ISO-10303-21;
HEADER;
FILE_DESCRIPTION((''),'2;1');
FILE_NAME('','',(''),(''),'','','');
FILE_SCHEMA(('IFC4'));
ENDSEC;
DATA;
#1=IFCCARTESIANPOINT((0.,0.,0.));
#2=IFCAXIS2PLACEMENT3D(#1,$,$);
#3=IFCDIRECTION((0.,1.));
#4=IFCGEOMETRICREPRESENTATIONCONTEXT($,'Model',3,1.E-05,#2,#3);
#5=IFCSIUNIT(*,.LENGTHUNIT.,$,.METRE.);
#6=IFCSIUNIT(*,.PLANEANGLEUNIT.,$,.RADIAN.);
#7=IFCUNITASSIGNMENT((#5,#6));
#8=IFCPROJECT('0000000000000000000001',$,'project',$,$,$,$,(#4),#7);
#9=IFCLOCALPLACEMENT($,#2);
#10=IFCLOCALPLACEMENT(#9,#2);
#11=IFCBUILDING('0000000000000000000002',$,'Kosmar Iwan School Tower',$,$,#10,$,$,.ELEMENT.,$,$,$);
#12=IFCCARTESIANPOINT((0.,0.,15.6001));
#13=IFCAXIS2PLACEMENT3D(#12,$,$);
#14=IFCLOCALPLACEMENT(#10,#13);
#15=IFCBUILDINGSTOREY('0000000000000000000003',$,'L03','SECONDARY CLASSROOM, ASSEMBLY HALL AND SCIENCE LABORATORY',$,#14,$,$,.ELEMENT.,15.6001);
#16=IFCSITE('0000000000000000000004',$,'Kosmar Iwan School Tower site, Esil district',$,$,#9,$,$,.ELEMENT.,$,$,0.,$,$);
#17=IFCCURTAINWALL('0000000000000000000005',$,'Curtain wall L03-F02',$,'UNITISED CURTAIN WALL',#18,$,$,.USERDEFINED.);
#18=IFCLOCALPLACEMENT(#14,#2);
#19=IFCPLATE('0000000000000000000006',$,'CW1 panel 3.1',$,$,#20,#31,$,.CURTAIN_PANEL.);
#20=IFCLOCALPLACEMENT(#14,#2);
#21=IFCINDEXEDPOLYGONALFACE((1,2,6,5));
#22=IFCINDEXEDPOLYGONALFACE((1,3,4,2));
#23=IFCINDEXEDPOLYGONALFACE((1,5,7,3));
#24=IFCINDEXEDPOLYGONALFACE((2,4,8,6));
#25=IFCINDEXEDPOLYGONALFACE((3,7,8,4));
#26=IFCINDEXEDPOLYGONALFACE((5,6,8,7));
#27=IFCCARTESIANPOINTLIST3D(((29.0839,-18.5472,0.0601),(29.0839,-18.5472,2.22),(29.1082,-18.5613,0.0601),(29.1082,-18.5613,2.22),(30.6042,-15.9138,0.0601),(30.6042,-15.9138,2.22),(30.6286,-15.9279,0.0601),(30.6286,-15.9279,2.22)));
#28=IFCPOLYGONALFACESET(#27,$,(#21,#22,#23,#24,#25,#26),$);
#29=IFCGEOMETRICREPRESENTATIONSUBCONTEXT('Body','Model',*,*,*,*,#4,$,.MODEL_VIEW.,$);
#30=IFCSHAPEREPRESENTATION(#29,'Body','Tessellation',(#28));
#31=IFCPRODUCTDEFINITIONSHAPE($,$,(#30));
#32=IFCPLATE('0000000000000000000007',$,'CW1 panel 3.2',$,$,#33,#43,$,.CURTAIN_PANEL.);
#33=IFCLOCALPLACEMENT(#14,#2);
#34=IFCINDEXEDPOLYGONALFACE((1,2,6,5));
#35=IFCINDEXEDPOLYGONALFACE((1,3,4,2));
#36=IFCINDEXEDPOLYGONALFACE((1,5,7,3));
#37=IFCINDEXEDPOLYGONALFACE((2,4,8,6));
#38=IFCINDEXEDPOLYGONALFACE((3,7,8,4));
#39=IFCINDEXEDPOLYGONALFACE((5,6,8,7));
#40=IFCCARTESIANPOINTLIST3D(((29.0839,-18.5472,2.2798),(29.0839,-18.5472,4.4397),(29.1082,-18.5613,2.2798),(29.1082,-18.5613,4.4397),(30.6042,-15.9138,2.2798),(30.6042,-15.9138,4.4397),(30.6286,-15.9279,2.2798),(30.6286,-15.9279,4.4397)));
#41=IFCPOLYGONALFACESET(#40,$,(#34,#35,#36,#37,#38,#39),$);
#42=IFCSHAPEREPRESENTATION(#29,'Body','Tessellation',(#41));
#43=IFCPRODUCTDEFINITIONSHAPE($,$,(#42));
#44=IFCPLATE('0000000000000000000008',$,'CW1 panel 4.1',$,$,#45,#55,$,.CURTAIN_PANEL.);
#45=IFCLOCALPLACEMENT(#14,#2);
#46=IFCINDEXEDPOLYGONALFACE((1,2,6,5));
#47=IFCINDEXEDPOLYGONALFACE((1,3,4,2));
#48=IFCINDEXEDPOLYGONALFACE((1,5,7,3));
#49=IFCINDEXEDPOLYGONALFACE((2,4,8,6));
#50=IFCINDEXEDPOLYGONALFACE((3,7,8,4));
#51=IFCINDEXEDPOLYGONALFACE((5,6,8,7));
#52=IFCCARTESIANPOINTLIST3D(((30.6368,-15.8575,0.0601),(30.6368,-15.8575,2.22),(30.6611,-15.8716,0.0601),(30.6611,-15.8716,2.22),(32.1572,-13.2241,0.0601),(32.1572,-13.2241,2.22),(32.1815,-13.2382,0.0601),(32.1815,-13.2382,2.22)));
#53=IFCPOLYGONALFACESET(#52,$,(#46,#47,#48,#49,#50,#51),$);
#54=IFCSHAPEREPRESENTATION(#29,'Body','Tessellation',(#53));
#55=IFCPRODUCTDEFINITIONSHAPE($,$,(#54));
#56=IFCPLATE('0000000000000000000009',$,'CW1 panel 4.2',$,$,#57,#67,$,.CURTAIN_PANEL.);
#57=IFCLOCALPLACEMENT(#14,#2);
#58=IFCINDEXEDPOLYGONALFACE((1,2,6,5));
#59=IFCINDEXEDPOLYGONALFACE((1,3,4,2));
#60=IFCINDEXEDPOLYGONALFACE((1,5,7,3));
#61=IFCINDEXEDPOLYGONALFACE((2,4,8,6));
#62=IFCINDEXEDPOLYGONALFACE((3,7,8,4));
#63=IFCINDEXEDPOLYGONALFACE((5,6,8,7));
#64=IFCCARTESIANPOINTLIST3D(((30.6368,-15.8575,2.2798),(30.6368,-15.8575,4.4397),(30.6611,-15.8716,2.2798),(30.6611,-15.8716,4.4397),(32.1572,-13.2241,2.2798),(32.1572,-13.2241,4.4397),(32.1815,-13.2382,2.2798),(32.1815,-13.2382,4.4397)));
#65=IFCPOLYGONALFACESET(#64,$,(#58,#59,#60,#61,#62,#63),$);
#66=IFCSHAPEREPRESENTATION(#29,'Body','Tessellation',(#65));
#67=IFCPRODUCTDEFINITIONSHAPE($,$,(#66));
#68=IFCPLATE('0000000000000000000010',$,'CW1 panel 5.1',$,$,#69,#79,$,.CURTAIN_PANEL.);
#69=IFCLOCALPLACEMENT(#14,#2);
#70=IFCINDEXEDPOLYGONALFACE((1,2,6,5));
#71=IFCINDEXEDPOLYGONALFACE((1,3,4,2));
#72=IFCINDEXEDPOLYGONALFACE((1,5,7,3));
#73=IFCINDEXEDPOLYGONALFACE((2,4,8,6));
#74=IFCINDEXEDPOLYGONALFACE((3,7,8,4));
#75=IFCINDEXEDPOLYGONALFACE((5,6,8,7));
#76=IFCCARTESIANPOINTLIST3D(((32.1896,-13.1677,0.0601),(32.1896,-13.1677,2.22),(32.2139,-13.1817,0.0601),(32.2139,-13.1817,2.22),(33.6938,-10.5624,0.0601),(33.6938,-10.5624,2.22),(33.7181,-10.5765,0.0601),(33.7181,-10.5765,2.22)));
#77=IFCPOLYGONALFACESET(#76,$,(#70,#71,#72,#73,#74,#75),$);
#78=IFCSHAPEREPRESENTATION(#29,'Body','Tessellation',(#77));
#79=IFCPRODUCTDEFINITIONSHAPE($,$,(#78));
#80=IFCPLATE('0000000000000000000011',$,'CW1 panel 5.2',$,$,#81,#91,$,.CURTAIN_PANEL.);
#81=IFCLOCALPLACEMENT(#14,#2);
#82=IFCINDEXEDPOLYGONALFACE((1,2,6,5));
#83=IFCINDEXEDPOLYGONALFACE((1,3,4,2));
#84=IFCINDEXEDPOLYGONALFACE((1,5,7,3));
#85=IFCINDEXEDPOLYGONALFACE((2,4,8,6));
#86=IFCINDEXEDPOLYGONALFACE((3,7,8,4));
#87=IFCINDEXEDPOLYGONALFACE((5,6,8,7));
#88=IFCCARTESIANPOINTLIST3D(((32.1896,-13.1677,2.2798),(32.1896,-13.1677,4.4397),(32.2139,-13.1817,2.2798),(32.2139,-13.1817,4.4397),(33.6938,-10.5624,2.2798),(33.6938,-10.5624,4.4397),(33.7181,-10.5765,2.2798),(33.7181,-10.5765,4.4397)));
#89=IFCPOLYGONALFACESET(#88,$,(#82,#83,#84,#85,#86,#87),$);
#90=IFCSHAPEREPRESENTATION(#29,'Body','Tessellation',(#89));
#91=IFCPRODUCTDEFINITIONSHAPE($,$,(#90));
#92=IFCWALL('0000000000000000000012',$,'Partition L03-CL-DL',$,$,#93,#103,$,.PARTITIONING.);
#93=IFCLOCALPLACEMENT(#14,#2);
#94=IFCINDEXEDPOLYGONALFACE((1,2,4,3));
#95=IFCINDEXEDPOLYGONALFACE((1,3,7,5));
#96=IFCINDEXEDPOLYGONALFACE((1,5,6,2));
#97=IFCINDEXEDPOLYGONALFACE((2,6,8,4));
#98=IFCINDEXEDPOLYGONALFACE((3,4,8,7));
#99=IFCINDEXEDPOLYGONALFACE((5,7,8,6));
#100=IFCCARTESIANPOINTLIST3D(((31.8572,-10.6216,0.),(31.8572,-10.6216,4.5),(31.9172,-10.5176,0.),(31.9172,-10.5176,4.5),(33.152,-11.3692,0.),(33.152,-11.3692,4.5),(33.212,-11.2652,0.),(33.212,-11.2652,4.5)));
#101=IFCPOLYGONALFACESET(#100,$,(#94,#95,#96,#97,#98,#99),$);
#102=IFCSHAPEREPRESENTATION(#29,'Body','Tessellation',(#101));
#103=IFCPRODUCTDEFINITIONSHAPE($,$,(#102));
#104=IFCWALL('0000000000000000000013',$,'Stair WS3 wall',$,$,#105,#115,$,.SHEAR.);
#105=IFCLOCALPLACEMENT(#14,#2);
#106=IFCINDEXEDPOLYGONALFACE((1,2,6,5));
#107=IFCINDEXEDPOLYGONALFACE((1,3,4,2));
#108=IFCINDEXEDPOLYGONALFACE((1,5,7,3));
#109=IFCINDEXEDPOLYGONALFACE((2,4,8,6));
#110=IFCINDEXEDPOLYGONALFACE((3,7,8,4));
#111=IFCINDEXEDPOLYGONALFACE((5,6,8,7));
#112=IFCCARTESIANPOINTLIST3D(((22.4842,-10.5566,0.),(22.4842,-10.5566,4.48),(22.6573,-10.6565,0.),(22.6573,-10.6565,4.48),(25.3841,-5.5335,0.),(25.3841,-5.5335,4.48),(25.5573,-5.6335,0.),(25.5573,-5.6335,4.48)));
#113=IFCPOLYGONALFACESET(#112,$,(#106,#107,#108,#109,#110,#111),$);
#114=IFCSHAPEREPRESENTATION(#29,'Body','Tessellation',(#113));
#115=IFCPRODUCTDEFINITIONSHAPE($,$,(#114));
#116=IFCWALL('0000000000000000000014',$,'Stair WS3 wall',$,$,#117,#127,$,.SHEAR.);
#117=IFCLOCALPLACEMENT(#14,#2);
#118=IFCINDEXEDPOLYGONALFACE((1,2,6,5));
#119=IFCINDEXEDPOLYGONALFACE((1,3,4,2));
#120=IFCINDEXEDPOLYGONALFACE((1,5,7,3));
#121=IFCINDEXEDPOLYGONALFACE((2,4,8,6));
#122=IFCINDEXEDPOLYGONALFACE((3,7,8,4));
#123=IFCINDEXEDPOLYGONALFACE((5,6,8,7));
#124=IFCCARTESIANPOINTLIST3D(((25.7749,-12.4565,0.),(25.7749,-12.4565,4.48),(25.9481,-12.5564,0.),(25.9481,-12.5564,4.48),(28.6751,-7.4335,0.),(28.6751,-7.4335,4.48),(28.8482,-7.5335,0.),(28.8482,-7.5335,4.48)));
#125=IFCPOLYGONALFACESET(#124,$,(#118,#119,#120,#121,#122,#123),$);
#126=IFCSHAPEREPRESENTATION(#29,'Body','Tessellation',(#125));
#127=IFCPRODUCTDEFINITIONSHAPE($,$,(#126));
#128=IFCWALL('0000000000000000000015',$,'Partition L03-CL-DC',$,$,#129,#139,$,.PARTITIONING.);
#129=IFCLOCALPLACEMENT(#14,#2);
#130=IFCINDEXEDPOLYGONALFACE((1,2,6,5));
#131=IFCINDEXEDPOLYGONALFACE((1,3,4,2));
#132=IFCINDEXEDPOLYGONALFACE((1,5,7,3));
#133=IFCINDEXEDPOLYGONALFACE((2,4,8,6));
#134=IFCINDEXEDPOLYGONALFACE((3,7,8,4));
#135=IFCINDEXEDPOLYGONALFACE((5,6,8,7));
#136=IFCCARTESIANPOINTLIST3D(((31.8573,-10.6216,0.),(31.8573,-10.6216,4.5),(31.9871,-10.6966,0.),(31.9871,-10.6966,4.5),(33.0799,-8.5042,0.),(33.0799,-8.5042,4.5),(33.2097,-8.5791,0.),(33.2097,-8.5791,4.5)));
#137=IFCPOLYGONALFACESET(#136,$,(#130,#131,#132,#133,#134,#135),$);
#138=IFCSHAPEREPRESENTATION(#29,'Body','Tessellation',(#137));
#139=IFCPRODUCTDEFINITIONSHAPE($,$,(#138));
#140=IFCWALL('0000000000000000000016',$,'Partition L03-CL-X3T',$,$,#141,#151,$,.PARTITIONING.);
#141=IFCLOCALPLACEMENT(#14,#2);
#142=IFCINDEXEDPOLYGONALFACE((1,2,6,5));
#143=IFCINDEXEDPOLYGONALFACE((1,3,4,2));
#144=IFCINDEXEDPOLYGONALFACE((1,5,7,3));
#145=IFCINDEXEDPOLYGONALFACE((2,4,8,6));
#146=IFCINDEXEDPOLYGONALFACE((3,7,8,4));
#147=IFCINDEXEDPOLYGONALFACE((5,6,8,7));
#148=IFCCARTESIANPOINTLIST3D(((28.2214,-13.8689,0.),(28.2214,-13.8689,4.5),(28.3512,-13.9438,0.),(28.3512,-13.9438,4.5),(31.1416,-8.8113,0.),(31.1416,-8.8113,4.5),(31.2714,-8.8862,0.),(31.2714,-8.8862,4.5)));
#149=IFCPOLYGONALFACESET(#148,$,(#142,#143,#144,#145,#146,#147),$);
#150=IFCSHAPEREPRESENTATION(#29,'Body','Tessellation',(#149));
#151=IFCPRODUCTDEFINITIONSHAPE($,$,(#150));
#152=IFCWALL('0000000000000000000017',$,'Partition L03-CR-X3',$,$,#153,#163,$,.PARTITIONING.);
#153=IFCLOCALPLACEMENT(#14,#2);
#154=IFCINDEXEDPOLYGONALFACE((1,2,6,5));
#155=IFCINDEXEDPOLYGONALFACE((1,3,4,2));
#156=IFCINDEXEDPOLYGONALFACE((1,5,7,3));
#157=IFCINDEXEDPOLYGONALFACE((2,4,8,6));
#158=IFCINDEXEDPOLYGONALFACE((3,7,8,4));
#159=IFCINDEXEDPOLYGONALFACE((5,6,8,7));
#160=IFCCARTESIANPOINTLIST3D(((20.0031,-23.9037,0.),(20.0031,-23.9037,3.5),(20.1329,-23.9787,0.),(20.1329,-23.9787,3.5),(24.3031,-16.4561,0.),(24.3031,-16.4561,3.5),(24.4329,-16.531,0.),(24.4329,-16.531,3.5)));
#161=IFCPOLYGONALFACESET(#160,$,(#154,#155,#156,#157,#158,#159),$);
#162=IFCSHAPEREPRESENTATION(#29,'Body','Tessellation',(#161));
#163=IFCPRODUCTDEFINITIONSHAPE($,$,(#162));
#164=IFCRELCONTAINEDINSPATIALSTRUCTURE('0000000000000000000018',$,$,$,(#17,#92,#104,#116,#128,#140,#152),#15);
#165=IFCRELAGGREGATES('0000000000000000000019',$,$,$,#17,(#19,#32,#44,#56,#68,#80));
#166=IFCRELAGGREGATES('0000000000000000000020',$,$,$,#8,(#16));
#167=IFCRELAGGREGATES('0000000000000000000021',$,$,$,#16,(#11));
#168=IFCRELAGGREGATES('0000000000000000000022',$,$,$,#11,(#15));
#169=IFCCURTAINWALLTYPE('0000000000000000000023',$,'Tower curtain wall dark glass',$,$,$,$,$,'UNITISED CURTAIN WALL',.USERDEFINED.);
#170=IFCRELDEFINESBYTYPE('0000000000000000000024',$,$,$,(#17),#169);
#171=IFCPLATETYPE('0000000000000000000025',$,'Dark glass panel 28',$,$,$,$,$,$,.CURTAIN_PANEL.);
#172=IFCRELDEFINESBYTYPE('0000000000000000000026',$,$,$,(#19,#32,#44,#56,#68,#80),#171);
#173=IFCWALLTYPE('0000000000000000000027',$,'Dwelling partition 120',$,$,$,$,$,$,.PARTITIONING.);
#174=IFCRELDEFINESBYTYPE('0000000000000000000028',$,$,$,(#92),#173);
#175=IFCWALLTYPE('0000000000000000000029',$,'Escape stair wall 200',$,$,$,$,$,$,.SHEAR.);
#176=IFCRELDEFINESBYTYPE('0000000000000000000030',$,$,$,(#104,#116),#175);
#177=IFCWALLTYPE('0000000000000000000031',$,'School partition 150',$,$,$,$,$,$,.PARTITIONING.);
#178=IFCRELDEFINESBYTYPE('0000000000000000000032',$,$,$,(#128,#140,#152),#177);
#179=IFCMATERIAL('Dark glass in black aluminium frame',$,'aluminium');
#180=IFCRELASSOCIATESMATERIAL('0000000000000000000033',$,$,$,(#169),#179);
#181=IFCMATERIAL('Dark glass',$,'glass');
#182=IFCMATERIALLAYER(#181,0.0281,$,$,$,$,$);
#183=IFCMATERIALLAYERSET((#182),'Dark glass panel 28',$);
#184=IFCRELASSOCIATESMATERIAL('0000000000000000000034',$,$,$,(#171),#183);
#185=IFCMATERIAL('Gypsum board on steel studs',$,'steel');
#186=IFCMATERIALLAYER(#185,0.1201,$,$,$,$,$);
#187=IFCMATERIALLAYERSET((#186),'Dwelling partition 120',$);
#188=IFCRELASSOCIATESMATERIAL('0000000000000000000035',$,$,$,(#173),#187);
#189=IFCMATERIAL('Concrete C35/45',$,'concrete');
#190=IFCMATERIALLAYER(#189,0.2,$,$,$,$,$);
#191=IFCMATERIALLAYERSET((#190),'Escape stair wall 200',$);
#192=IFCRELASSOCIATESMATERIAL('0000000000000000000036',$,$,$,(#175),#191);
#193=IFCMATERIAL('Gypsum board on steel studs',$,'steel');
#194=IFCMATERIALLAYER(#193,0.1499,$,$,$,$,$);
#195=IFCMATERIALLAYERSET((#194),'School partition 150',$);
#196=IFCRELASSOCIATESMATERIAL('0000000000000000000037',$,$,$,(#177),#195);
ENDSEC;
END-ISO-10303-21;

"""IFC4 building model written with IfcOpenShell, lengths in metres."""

from ifc_helpers import new_model, si_unit, direction, frame, frame_2d, origin, origin_2d, place, context, subcontext, project, spatial, rectangle, extrude, material, layer, layer_set, type_object, element, aggregate, save


model = new_model("IFC4")

# Units and contexts
model_context = context("Model", 3, precision=1e-05, world=origin(), true_north=direction((0.0, 1.0)))
body_context = subcontext(model_context, "Body", "Model", "MODEL_VIEW")
ifc_project = project(units=[si_unit("LENGTHUNIT", "METRE"), si_unit("PLANEANGLEUNIT", "RADIAN")], contexts=[model_context])

# Site, building, storey
site_placement = place(None, origin())
site = spatial("IfcSite", under=ifc_project, at=site_placement, Name="Kosmar Iwan School Tower site, Esil district", CompositionType="ELEMENT", RefElevation=0.0)
building_placement = place(site_placement, origin())
building = spatial("IfcBuilding", under=site, at=building_placement, Name="Kosmar Iwan School Tower", CompositionType="ELEMENT")
storey_placement = place(building_placement, frame((0.0, 0.0, 15.6001)))
storey = spatial("IfcBuildingStorey", under=building, at=storey_placement, Name="L03", Description="SECONDARY CLASSROOM, ASSEMBLY HALL AND SCIENCE LABORATORY", CompositionType="ELEMENT", Elevation=15.6001)

# Curtain wall, plates
ifc_material_1 = material(Name="Dark glass in black aluminium frame", Category="aluminium")
curtain_wall_type = type_object("IfcCurtainWallType", Name="Tower curtain wall dark glass", ElementType="UNITISED CURTAIN WALL", PredefinedType="USERDEFINED", material=ifc_material_1)
curtain_wall_placement = place(storey_placement, origin())
curtain_wall = element("IfcCurtainWall", 1, at=curtain_wall_placement, inside=storey, type_object=curtain_wall_type, Name="Curtain wall L03-F02", ObjectType="UNITISED CURTAIN WALL", PredefinedType="USERDEFINED")
ifc_material_2 = material(Name="Dark glass", Category="glass")
ifc_layer_1 = layer(ifc_material_2, 0.0281)
ifc_layer_set_1 = layer_set([ifc_layer_1], Name="Dark glass panel 28")
plate_type = type_object("IfcPlateType", Name="Dark glass panel 28", PredefinedType="CURTAIN_PANEL", material=ifc_layer_set_1)
plate_1_placement = place(storey_placement, frame((29.8562, -17.2375, 0.0601), z_axis=(0.0, 0.0, 1.0), x_axis=(0.5, 0.866025, 0.0)))
plate_1 = element("IfcPlate", 2, at=plate_1_placement, type_object=plate_type, Name="CW1 panel 3.1", PredefinedType="CURTAIN_PANEL", context=body_context, shape_type="SweptSolid", body=[
    extrude(rectangle(XDim=3.0408, YDim=0.0281, at=origin_2d()), origin(), (0.0, 0.0, 1.0), 2.1599),
])
plate_2_placement = place(storey_placement, frame((29.8562, -17.2375, 2.2798), z_axis=(0.0, 0.0, 1.0), x_axis=(0.5, 0.866025, 0.0)))
plate_2 = element("IfcPlate", 3, at=plate_2_placement, type_object=plate_type, Name="CW1 panel 3.2", PredefinedType="CURTAIN_PANEL", context=body_context, shape_type="SweptSolid", body=[
    extrude(rectangle(XDim=3.0408, YDim=0.0281, at=origin_2d()), origin(), (0.0, 0.0, 1.0), 2.1599),
])
plate_3_placement = place(storey_placement, frame((31.4092, -14.5479, 0.0601), z_axis=(0.0, 0.0, 1.0), x_axis=(0.5, 0.866025, 0.0)))
plate_3 = element("IfcPlate", 4, at=plate_3_placement, type_object=plate_type, Name="CW1 panel 4.1", PredefinedType="CURTAIN_PANEL", context=body_context, shape_type="SweptSolid", body=[
    extrude(rectangle(XDim=3.0408, YDim=0.0281, at=origin_2d()), origin(), (0.0, 0.0, 1.0), 2.1599),
])
plate_4_placement = place(storey_placement, frame((31.4092, -14.5479, 2.2798), z_axis=(0.0, 0.0, 1.0), x_axis=(0.5, 0.866025, 0.0)))
plate_4 = element("IfcPlate", 5, at=plate_4_placement, type_object=plate_type, Name="CW1 panel 4.2", PredefinedType="CURTAIN_PANEL", context=body_context, shape_type="SweptSolid", body=[
    extrude(rectangle(XDim=3.0408, YDim=0.0281, at=origin_2d()), origin(), (0.0, 0.0, 1.0), 2.1599),
])
plate_5_placement = place(storey_placement, frame((32.9539, -11.8721, 0.0601), z_axis=(0.0, 0.0, 1.0), x_axis=(0.5, 0.866025, 0.0)))
plate_5 = element("IfcPlate", 6, at=plate_5_placement, type_object=plate_type, Name="CW1 panel 5.1", PredefinedType="CURTAIN_PANEL", context=body_context, shape_type="SweptSolid", body=[
    extrude(rectangle(XDim=3.0083, YDim=0.0281, at=origin_2d()), origin(), (0.0, 0.0, 1.0), 2.1599),
])
plate_6_placement = place(storey_placement, frame((32.9539, -11.8721, 2.2798), z_axis=(0.0, 0.0, 1.0), x_axis=(0.5, 0.866025, 0.0)))
plate_6 = element("IfcPlate", 7, at=plate_6_placement, type_object=plate_type, Name="CW1 panel 5.2", PredefinedType="CURTAIN_PANEL", context=body_context, shape_type="SweptSolid", body=[
    extrude(rectangle(XDim=3.0083, YDim=0.0281, at=origin_2d()), origin(), (0.0, 0.0, 1.0), 2.1599),
])
aggregate(curtain_wall, [plate_1, plate_2, plate_3, plate_4, plate_5, plate_6])

# Walls
ifc_material_3 = material(Name="Gypsum board on steel studs", Category="steel")
ifc_layer_2 = layer(ifc_material_3, 0.1201)
ifc_layer_set_2 = layer_set([ifc_layer_2], Name="Dwelling partition 120")
wall_type_1 = type_object("IfcWallType", Name="Dwelling partition 120", PredefinedType="PARTITIONING", material=ifc_layer_set_2)
wall_1_placement = place(storey_placement, frame((31.8872, -10.5696, 0.0), z_axis=(0.0, 0.0, 1.0), x_axis=(0.866003, -0.500038, 0.0)))
element("IfcWall", 8, at=wall_1_placement, inside=storey, type_object=wall_type_1, Name="Partition L03-CL-DL", PredefinedType="PARTITIONING", context=body_context, shape_type="SweptSolid", body=[
    extrude(rectangle(XDim=1.4951, YDim=0.1201, at=frame_2d((0.7476, 0.0))), origin(), (0.0, 0.0, 1.0), 4.5),
])
ifc_material_4 = material(Name="Concrete C35/45", Category="concrete")
ifc_layer_3 = layer(ifc_material_4, 0.2)
ifc_layer_set_3 = layer_set([ifc_layer_3], Name="Escape stair wall 200")
wall_type_2 = type_object("IfcWallType", Name="Escape stair wall 200", PredefinedType="SHEAR", material=ifc_layer_set_3)
for number, where, z_axis, x_axis, name in (
    (9, (22.5708, -10.6064, 0.0), (0.0, 0.0, 1.0), (0.499987, 0.866033, 0.0), "Stair WS3 wall"),
    (10, (25.8616, -12.5063, 0.0), (0.0, 0.0, 1.0), (0.500019, 0.866015, 0.0), "Stair WS3 wall"),
):
    element("IfcWall", number, at=place(storey_placement, frame(where, z_axis=z_axis, x_axis=x_axis)), inside=storey, type_object=wall_type_2, Name=name, PredefinedType="SHEAR", context=body_context, shape_type="SweptSolid", body=[
        extrude(rectangle(XDim=5.8, YDim=0.2, at=frame_2d((2.8999, 0.0))), origin(), (0.0, 0.0, 1.0), 4.48),
    ])
ifc_material_5 = material(Name="Gypsum board on steel studs", Category="steel")
ifc_layer_4 = layer(ifc_material_5, 0.1499)
ifc_layer_set_4 = layer_set([ifc_layer_4], Name="School partition 150")
wall_type_3 = type_object("IfcWallType", Name="School partition 150", PredefinedType="PARTITIONING", material=ifc_layer_set_4)
wall_2_placement = place(storey_placement, frame((31.9221, -10.6592, 0.0), z_axis=(0.0, 0.0, 1.0), x_axis=(0.500048, 0.865998, 0.0)))
element("IfcWall", 11, at=wall_2_placement, inside=storey, type_object=wall_type_3, Name="Partition L03-CL-DC", PredefinedType="PARTITIONING", context=body_context, shape_type="SweptSolid", body=[
    extrude(rectangle(XDim=2.4451, YDim=0.1499, at=frame_2d((1.2227, 0.0))), origin(), (0.0, 0.0, 1.0), 4.5),
])
wall_3_placement = place(storey_placement, frame((28.2864, -13.9062, 0.0), z_axis=(0.0, 0.0, 1.0), x_axis=(0.500019, 0.866014, 0.0)))
element("IfcWall", 12, at=wall_3_placement, inside=storey, type_object=wall_type_3, Name="Partition L03-CL-X3T", PredefinedType="PARTITIONING", context=body_context, shape_type="SweptSolid", body=[
    extrude(rectangle(XDim=5.8401, YDim=0.1499, at=frame_2d((2.9199, 0.0))), origin(), (0.0, 0.0, 1.0), 4.5),
])
wall_4_placement = place(storey_placement, frame((24.3679, -16.4937, 0.0), z_axis=(0.0, 0.0, 1.0), x_axis=(-0.500008, -0.866021, 0.0)))
element("IfcWall", 13, at=wall_4_placement, inside=storey, type_object=wall_type_3, Name="Partition L03-CR-X3", PredefinedType="PARTITIONING", context=body_context, shape_type="SweptSolid", body=[
    extrude(rectangle(XDim=8.5999, YDim=0.1499, at=frame_2d((4.2998, 0.0))), origin(), (0.0, 0.0, 1.0), 3.5),
])

save(model, "model.ifc")
